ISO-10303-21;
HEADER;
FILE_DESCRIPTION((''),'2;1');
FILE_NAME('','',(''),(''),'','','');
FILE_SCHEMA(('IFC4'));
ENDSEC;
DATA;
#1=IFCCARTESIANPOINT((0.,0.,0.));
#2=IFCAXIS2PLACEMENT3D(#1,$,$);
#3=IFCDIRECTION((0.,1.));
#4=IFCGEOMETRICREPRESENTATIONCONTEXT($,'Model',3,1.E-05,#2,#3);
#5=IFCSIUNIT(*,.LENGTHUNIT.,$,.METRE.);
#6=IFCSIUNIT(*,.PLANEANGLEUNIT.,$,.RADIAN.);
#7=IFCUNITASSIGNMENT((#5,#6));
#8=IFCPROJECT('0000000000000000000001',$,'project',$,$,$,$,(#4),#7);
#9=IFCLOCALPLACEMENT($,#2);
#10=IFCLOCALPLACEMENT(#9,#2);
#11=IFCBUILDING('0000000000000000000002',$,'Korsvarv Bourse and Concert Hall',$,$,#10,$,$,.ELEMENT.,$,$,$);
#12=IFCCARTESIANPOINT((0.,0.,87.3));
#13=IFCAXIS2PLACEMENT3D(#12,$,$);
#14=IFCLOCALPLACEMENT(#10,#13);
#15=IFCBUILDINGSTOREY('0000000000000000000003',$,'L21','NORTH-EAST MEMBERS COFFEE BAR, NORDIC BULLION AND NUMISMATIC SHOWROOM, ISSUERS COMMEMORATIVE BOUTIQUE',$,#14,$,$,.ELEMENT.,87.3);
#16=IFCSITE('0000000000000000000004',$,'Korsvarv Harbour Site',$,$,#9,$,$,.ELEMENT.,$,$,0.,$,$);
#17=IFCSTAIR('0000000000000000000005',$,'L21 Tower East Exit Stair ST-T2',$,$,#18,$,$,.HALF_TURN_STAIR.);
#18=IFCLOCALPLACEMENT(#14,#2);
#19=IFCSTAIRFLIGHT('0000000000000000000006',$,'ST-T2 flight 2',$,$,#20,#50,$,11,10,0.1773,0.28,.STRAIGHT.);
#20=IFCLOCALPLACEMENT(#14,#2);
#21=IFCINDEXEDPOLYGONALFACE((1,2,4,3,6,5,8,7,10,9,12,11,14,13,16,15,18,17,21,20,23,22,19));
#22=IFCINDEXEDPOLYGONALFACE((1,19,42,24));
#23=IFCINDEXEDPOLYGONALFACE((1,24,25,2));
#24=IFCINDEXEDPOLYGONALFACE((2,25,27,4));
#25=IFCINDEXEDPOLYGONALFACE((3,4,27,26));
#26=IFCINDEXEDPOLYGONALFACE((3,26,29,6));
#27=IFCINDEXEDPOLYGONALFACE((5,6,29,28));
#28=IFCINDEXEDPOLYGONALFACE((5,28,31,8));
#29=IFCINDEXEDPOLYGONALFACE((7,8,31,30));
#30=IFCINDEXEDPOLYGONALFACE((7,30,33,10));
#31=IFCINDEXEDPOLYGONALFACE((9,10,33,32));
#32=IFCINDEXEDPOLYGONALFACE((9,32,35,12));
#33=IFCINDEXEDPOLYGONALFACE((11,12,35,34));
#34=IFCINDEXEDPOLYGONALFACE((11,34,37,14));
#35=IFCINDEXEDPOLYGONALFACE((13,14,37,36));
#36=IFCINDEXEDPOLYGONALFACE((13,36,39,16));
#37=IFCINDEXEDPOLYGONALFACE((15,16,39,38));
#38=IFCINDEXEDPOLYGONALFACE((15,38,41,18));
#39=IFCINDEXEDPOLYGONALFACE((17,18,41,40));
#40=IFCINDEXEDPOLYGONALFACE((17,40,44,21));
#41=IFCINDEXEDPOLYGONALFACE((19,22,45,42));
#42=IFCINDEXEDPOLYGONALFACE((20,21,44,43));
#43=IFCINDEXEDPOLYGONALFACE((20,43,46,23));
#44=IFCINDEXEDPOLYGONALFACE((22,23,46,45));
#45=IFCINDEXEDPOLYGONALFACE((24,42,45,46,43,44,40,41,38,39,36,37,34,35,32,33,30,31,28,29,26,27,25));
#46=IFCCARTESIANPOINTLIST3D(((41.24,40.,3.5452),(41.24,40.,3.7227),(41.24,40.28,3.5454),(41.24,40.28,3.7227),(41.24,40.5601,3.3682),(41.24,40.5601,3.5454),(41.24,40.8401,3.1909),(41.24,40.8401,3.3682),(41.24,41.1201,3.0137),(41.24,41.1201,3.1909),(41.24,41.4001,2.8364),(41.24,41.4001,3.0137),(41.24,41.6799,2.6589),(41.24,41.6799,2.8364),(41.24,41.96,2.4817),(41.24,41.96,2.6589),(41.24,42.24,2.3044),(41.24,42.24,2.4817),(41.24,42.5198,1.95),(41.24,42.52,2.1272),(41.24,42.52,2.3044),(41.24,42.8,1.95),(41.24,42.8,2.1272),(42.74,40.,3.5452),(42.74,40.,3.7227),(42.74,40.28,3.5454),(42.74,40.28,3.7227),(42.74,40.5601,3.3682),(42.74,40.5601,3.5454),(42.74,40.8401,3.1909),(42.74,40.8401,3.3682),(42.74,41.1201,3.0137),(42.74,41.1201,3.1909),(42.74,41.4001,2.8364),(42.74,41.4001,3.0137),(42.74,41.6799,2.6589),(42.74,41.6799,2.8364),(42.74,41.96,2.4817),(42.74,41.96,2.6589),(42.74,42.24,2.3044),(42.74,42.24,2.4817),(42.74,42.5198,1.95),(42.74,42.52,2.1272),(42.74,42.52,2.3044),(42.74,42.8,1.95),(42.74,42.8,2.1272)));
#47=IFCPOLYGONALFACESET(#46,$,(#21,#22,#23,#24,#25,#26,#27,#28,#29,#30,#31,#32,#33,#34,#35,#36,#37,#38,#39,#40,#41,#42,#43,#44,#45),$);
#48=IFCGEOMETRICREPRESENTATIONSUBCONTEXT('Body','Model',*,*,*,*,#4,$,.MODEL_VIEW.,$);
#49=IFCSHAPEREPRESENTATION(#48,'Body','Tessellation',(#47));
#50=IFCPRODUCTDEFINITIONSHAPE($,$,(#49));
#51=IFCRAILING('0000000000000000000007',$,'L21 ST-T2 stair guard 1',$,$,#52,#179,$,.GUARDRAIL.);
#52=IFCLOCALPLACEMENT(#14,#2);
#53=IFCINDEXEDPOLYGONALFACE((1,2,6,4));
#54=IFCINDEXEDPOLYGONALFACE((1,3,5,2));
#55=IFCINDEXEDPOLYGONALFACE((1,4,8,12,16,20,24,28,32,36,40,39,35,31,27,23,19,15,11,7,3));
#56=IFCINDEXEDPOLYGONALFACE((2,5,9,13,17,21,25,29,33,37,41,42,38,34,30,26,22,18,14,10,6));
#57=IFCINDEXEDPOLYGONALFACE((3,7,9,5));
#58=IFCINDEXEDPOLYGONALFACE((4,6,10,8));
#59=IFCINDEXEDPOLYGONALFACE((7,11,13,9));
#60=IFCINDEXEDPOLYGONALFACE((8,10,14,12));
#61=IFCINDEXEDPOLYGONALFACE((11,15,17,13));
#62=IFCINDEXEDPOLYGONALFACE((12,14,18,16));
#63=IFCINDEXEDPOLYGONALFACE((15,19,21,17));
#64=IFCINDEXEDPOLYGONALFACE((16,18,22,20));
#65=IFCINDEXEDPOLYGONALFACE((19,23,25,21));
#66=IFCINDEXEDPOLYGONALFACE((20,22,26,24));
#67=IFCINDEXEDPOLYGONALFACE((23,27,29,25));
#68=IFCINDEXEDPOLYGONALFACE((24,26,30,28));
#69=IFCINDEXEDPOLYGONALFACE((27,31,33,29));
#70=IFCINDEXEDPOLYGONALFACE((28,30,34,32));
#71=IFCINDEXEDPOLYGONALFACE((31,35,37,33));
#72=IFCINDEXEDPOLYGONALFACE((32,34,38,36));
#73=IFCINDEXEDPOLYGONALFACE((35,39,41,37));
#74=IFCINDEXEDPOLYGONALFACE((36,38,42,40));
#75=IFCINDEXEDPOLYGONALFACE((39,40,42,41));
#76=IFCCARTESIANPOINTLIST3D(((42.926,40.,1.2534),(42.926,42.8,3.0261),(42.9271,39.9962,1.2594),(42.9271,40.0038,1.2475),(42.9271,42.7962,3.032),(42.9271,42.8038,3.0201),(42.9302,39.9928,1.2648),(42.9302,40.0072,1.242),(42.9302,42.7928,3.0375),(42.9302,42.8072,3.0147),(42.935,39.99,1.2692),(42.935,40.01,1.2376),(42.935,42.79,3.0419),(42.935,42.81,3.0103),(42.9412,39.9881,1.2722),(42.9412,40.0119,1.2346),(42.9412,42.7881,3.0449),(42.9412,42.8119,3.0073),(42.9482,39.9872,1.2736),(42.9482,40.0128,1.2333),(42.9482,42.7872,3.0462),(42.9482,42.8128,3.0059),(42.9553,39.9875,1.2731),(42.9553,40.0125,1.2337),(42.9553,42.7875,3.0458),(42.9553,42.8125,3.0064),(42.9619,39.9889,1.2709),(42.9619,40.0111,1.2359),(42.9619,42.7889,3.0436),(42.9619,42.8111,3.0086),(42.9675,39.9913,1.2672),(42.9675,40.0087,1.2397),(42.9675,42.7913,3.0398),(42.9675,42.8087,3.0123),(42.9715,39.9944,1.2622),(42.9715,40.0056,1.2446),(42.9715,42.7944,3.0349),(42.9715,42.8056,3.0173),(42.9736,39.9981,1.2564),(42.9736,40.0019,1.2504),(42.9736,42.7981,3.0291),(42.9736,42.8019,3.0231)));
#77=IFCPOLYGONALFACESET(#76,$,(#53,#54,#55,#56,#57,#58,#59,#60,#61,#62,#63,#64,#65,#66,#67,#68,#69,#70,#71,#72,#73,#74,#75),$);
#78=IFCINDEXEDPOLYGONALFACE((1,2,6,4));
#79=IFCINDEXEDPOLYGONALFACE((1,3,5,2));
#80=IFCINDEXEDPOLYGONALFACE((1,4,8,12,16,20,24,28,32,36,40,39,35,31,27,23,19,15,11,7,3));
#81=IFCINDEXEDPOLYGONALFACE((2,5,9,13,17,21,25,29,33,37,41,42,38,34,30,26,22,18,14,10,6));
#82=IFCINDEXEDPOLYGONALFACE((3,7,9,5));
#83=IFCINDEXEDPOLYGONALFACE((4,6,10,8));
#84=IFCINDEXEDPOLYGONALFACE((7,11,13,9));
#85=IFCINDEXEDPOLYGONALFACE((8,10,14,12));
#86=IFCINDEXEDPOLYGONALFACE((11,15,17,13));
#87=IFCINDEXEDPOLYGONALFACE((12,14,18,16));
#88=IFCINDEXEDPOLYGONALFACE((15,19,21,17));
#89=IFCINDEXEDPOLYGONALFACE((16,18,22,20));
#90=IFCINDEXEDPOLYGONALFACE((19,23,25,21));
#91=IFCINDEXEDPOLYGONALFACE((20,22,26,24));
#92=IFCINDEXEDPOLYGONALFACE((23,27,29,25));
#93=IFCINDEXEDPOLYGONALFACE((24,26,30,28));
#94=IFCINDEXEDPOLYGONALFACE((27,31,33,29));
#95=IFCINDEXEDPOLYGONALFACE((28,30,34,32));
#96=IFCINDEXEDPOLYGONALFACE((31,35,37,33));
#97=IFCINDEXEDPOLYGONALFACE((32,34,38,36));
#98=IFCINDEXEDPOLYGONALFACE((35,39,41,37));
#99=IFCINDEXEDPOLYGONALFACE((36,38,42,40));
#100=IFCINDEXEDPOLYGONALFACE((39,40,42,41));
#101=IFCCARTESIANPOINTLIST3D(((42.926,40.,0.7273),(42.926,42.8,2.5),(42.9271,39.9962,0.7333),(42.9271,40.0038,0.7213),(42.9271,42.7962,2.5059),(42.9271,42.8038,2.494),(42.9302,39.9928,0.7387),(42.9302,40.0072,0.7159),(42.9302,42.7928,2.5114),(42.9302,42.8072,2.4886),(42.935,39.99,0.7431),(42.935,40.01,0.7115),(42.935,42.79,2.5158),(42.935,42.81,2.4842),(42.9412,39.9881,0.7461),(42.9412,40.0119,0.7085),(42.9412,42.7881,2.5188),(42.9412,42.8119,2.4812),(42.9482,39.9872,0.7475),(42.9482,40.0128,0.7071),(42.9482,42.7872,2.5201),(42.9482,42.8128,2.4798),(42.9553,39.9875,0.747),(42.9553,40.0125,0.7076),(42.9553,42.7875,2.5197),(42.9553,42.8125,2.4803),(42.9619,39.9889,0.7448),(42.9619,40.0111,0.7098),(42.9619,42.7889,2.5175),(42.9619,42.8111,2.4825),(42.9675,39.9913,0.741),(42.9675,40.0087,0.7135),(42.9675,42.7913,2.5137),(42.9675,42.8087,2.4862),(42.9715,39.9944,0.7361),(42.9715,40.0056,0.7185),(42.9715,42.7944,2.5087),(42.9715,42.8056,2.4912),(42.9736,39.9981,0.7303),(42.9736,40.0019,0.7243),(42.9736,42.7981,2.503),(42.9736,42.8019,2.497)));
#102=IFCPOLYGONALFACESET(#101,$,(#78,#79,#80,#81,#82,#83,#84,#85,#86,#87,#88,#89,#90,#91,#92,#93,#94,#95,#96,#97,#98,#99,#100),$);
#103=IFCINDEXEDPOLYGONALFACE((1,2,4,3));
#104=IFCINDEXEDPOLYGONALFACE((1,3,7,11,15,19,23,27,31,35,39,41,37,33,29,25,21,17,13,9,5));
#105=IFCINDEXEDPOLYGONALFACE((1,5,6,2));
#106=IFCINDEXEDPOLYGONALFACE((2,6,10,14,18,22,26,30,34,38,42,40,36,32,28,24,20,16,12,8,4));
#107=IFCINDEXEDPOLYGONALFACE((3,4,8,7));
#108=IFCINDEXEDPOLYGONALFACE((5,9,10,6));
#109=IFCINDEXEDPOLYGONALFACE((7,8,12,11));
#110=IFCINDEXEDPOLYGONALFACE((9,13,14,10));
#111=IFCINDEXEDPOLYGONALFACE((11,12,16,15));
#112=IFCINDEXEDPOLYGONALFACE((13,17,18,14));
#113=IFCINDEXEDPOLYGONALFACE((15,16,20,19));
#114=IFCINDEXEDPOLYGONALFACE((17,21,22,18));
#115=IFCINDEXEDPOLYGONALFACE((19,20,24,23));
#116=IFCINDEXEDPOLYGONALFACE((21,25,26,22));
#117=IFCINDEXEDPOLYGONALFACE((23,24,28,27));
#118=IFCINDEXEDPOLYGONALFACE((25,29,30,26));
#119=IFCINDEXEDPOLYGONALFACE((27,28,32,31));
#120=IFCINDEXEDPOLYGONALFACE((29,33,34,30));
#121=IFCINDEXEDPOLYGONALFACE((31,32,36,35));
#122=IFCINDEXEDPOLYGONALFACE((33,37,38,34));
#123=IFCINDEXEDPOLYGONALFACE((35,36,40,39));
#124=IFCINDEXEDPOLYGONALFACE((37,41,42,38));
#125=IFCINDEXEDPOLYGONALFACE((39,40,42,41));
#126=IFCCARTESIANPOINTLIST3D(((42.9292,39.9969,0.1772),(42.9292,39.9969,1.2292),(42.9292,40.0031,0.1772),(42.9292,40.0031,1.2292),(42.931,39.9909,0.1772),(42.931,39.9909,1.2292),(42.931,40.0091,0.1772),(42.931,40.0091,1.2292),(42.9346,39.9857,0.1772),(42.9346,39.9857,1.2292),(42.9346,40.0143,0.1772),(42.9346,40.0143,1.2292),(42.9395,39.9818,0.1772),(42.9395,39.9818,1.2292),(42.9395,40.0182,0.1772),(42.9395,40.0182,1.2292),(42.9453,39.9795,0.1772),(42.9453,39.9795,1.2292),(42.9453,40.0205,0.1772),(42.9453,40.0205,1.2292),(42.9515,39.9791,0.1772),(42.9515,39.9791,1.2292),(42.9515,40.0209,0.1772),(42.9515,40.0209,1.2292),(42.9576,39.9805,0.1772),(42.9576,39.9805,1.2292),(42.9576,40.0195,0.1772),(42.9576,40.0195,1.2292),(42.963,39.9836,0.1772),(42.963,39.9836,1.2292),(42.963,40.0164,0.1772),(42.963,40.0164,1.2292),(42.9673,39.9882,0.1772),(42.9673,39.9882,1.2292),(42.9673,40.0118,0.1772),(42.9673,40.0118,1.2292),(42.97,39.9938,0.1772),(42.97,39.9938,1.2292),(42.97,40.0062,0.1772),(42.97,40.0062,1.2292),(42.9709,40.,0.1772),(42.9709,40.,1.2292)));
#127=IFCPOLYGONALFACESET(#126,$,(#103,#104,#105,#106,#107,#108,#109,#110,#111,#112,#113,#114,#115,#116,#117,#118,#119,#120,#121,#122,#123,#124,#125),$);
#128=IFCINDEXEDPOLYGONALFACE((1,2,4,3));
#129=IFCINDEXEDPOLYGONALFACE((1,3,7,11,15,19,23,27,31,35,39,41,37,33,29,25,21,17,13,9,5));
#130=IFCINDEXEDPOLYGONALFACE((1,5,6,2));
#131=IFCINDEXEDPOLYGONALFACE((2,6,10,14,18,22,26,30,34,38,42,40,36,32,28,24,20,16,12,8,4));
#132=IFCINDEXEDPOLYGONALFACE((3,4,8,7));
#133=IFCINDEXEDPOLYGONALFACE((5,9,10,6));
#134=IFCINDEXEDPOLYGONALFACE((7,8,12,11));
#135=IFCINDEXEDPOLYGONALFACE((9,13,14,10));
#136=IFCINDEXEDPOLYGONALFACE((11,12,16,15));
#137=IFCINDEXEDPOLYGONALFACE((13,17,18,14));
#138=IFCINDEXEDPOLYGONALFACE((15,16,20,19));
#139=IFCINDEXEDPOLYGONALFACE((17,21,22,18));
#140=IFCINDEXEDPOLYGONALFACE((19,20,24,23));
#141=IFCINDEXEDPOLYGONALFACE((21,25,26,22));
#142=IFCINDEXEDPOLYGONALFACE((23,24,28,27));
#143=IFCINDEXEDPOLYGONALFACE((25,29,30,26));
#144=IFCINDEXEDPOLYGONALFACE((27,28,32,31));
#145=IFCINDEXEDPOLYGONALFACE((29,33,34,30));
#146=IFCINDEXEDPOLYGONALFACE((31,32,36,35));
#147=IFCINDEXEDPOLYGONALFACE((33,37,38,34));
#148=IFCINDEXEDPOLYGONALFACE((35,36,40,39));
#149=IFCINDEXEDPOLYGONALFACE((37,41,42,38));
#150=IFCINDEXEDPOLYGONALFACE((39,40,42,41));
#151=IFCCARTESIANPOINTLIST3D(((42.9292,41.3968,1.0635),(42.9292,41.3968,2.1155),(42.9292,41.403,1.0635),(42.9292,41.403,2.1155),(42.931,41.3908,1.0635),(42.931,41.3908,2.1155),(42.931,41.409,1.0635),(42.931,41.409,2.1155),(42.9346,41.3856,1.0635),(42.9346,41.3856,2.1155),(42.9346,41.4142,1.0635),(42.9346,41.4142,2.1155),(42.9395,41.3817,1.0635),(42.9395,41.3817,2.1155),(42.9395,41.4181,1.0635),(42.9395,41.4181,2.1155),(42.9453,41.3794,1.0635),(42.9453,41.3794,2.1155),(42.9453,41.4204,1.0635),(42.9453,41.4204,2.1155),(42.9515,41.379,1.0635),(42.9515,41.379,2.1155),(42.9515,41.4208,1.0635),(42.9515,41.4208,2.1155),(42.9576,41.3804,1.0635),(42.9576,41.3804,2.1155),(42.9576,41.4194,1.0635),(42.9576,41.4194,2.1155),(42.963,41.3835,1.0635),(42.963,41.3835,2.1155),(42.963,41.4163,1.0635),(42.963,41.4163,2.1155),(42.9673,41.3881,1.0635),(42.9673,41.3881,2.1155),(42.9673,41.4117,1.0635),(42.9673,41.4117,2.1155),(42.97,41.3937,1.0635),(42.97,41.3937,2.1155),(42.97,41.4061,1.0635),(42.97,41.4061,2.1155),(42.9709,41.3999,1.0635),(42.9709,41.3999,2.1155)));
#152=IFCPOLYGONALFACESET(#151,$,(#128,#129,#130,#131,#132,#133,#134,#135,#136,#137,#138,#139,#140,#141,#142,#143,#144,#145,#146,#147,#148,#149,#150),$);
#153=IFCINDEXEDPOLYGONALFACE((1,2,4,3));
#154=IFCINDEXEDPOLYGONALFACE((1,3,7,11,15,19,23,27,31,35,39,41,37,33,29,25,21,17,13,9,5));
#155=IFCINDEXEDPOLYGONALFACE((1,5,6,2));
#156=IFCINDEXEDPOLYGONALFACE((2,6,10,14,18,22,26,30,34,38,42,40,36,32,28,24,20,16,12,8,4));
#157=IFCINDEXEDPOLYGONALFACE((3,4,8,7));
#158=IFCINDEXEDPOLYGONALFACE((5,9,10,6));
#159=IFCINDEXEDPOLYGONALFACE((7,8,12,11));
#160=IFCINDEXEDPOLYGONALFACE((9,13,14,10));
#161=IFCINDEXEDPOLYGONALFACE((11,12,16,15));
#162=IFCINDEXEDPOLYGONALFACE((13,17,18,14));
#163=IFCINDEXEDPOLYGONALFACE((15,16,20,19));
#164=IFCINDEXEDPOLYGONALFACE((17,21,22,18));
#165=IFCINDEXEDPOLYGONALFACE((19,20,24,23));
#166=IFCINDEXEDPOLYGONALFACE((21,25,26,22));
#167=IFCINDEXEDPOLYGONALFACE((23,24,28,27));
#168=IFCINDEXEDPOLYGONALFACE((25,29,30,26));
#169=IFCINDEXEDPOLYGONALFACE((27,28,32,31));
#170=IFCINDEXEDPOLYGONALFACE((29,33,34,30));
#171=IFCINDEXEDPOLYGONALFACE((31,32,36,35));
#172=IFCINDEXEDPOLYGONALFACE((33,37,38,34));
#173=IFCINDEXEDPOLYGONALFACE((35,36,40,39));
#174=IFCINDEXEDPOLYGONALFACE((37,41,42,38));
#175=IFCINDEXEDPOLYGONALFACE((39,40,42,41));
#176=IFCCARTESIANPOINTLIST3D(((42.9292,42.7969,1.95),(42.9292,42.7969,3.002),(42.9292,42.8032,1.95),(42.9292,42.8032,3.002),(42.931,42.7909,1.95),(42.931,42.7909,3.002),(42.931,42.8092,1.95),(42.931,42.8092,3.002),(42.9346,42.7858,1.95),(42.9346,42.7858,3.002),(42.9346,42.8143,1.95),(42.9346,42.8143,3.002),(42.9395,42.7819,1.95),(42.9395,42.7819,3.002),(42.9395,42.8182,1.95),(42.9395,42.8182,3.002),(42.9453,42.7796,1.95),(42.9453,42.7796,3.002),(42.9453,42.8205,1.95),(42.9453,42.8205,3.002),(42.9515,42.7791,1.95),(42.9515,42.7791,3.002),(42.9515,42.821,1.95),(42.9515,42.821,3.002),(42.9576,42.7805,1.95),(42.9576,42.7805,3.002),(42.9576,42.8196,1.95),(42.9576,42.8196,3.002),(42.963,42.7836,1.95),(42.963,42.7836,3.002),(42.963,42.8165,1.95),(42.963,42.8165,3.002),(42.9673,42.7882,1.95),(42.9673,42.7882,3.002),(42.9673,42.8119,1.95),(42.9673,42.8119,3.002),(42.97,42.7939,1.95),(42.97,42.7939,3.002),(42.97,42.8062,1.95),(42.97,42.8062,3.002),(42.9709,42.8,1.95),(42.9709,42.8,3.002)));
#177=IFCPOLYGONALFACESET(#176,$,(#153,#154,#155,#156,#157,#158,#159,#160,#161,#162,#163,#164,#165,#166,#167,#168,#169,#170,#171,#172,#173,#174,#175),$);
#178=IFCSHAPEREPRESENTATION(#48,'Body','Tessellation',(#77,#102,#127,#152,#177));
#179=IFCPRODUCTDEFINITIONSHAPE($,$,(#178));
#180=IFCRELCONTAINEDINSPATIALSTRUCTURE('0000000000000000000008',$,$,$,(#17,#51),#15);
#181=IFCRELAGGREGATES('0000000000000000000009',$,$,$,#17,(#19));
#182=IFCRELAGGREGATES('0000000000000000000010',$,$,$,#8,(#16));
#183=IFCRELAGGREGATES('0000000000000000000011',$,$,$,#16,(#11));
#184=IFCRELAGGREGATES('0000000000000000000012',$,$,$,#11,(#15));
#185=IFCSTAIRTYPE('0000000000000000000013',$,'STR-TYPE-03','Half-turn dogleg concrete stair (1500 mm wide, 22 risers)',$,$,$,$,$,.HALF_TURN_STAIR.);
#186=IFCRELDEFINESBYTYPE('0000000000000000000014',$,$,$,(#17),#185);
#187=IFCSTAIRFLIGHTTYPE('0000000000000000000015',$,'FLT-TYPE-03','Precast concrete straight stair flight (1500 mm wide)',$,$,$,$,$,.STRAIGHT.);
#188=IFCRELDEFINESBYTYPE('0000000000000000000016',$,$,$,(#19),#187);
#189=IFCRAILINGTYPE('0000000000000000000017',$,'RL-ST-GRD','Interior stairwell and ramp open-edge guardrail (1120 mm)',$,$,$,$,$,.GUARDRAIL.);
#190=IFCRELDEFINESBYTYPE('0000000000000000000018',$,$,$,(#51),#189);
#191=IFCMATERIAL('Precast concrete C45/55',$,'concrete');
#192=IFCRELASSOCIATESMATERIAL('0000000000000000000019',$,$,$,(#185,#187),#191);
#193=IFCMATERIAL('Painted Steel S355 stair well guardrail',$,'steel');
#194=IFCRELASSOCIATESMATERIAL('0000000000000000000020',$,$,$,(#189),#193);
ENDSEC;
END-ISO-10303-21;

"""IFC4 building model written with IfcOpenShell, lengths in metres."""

from ifc_helpers import new_model, si_unit, direction, frame, origin, origin_2d, place, context, subcontext, project, spatial, polyline, circle, outline, extrude, material, type_object, element, aggregate, save


model = new_model("IFC4")

# Units and contexts
model_context = context("Model", 3, precision=1e-05, world=origin(), true_north=direction((0.0, 1.0)))
body_context = subcontext(model_context, "Body", "Model", "MODEL_VIEW")
ifc_project = project(units=[si_unit("LENGTHUNIT", "METRE"), si_unit("PLANEANGLEUNIT", "RADIAN")], contexts=[model_context])

# Site, building, storey
site_placement = place(None, origin())
site = spatial("IfcSite", under=ifc_project, at=site_placement, Name="Korsvarv Harbour Site", CompositionType="ELEMENT", RefElevation=0.0)
building_placement = place(site_placement, origin())
building = spatial("IfcBuilding", under=site, at=building_placement, Name="Korsvarv Bourse and Concert Hall", CompositionType="ELEMENT")
storey_placement = place(building_placement, frame((0.0, 0.0, 87.3)))
storey = spatial("IfcBuildingStorey", under=building, at=storey_placement, Name="L21", Description="NORTH-EAST MEMBERS COFFEE BAR, NORDIC BULLION AND NUMISMATIC SHOWROOM, ISSUERS COMMEMORATIVE BOUTIQUE", CompositionType="ELEMENT", Elevation=87.3)

# Stair, stair flight
ifc_material_1 = material(Name="Precast concrete C45/55", Category="concrete")
stair_type = type_object("IfcStairType", Name="STR-TYPE-03", Description="Half-turn dogleg concrete stair (1500 mm wide, 22 risers)", PredefinedType="HALF_TURN_STAIR", material=ifc_material_1)
stair_placement = place(storey_placement, origin())
stair = element("IfcStair", 1, at=stair_placement, inside=storey, type_object=stair_type, Name="L21 Tower East Exit Stair ST-T2", PredefinedType="HALF_TURN_STAIR")
stair_flight_type = type_object("IfcStairFlightType", Name="FLT-TYPE-03", Description="Precast concrete straight stair flight (1500 mm wide)", PredefinedType="STRAIGHT", material=ifc_material_1)
stair_flight_1_placement = place(storey_placement, frame((41.99, 42.8, 1.95), z_axis=(0.0, 0.0, 1.0), x_axis=(0.0, -1.0, 0.0)))
stair_flight_1 = element("IfcStairFlight", 2, at=stair_flight_1_placement, type_object=stair_flight_type, Name="ST-T2 flight 2", NumberOfRisers=11, NumberOfTreads=10, PredefinedType="STRAIGHT", RiserHeight=0.1773, TreadLength=0.28, context=body_context, shape_type="SweptSolid", body=[
    extrude(outline(polyline([(0.0, 0.0), (0.0, 0.1772), (0.28, 0.1772), (0.28, 0.3545), (0.5601, 0.3545), (0.5601, 0.5317), (0.8401, 0.5317), (0.8401, 0.709), (1.1201, 0.709), (1.1201, 0.8865), (1.3999, 0.8865), (1.3999, 1.0637), (1.6799, 1.0637), (1.6799, 1.241), (1.96, 1.241), (1.96, 1.4182), (2.24, 1.4182), (2.24, 1.5955), (2.52, 1.5955), (2.52, 1.7727), (2.8, 1.7727), (2.8, 1.95), (2.8, 1.5952), (0.2803, 0.0), (0.0, 0.0)])), frame((0.0, 0.75, 0.0), z_axis=(0.0, -1.0, 0.0), x_axis=(1.0, 0.0, 0.0)), (0.0, 0.0, 1.0), 1.5),
])
aggregate(stair, [stair_flight_1])

# Railing
ifc_material_2 = material(Name="Painted Steel S355 stair well guardrail", Category="steel")
railing_type_1 = type_object("IfcRailingType", Name="RL-ST-GRD", Description="Interior stairwell and ramp open-edge guardrail (1120 mm)", PredefinedType="GUARDRAIL", material=ifc_material_2)
railing_1_placement = place(storey_placement, frame((42.95, 40.0, 0.1772)))
element("IfcRailing", 3, at=railing_1_placement, inside=storey, type_object=railing_type_1, Name="L21 ST-T2 stair guard 1", PredefinedType="GUARDRAIL", context=body_context, shape_type="SweptSolid", body=[
    extrude(circle(Radius=0.0239, at=origin_2d()), frame((0.0, 0.0, 1.0762), z_axis=(0.0, 0.844909, 0.53491), x_axis=(-1.0, 0.0, 0.0)), (0.0, 0.0, 1.0), 3.314),
    extrude(circle(Radius=0.0239, at=origin_2d()), frame((0.0, 0.0, 0.55), z_axis=(0.0, 0.844909, 0.53491), x_axis=(-1.0, 0.0, 0.0)), (0.0, 0.0, 1.0), 3.314),
    extrude(circle(Radius=0.021, at=origin_2d()), origin(), (0.0, 0.0, 1.0), 1.052),
    extrude(circle(Radius=0.021, at=origin_2d()), frame((0.0, 1.3999, 0.8862)), (0.0, 0.0, 1.0), 1.052),
    extrude(circle(Radius=0.021, at=origin_2d()), frame((0.0, 2.8, 1.7727)), (0.0, 0.0, 1.0), 1.052),
])

save(model, "model.ifc")
